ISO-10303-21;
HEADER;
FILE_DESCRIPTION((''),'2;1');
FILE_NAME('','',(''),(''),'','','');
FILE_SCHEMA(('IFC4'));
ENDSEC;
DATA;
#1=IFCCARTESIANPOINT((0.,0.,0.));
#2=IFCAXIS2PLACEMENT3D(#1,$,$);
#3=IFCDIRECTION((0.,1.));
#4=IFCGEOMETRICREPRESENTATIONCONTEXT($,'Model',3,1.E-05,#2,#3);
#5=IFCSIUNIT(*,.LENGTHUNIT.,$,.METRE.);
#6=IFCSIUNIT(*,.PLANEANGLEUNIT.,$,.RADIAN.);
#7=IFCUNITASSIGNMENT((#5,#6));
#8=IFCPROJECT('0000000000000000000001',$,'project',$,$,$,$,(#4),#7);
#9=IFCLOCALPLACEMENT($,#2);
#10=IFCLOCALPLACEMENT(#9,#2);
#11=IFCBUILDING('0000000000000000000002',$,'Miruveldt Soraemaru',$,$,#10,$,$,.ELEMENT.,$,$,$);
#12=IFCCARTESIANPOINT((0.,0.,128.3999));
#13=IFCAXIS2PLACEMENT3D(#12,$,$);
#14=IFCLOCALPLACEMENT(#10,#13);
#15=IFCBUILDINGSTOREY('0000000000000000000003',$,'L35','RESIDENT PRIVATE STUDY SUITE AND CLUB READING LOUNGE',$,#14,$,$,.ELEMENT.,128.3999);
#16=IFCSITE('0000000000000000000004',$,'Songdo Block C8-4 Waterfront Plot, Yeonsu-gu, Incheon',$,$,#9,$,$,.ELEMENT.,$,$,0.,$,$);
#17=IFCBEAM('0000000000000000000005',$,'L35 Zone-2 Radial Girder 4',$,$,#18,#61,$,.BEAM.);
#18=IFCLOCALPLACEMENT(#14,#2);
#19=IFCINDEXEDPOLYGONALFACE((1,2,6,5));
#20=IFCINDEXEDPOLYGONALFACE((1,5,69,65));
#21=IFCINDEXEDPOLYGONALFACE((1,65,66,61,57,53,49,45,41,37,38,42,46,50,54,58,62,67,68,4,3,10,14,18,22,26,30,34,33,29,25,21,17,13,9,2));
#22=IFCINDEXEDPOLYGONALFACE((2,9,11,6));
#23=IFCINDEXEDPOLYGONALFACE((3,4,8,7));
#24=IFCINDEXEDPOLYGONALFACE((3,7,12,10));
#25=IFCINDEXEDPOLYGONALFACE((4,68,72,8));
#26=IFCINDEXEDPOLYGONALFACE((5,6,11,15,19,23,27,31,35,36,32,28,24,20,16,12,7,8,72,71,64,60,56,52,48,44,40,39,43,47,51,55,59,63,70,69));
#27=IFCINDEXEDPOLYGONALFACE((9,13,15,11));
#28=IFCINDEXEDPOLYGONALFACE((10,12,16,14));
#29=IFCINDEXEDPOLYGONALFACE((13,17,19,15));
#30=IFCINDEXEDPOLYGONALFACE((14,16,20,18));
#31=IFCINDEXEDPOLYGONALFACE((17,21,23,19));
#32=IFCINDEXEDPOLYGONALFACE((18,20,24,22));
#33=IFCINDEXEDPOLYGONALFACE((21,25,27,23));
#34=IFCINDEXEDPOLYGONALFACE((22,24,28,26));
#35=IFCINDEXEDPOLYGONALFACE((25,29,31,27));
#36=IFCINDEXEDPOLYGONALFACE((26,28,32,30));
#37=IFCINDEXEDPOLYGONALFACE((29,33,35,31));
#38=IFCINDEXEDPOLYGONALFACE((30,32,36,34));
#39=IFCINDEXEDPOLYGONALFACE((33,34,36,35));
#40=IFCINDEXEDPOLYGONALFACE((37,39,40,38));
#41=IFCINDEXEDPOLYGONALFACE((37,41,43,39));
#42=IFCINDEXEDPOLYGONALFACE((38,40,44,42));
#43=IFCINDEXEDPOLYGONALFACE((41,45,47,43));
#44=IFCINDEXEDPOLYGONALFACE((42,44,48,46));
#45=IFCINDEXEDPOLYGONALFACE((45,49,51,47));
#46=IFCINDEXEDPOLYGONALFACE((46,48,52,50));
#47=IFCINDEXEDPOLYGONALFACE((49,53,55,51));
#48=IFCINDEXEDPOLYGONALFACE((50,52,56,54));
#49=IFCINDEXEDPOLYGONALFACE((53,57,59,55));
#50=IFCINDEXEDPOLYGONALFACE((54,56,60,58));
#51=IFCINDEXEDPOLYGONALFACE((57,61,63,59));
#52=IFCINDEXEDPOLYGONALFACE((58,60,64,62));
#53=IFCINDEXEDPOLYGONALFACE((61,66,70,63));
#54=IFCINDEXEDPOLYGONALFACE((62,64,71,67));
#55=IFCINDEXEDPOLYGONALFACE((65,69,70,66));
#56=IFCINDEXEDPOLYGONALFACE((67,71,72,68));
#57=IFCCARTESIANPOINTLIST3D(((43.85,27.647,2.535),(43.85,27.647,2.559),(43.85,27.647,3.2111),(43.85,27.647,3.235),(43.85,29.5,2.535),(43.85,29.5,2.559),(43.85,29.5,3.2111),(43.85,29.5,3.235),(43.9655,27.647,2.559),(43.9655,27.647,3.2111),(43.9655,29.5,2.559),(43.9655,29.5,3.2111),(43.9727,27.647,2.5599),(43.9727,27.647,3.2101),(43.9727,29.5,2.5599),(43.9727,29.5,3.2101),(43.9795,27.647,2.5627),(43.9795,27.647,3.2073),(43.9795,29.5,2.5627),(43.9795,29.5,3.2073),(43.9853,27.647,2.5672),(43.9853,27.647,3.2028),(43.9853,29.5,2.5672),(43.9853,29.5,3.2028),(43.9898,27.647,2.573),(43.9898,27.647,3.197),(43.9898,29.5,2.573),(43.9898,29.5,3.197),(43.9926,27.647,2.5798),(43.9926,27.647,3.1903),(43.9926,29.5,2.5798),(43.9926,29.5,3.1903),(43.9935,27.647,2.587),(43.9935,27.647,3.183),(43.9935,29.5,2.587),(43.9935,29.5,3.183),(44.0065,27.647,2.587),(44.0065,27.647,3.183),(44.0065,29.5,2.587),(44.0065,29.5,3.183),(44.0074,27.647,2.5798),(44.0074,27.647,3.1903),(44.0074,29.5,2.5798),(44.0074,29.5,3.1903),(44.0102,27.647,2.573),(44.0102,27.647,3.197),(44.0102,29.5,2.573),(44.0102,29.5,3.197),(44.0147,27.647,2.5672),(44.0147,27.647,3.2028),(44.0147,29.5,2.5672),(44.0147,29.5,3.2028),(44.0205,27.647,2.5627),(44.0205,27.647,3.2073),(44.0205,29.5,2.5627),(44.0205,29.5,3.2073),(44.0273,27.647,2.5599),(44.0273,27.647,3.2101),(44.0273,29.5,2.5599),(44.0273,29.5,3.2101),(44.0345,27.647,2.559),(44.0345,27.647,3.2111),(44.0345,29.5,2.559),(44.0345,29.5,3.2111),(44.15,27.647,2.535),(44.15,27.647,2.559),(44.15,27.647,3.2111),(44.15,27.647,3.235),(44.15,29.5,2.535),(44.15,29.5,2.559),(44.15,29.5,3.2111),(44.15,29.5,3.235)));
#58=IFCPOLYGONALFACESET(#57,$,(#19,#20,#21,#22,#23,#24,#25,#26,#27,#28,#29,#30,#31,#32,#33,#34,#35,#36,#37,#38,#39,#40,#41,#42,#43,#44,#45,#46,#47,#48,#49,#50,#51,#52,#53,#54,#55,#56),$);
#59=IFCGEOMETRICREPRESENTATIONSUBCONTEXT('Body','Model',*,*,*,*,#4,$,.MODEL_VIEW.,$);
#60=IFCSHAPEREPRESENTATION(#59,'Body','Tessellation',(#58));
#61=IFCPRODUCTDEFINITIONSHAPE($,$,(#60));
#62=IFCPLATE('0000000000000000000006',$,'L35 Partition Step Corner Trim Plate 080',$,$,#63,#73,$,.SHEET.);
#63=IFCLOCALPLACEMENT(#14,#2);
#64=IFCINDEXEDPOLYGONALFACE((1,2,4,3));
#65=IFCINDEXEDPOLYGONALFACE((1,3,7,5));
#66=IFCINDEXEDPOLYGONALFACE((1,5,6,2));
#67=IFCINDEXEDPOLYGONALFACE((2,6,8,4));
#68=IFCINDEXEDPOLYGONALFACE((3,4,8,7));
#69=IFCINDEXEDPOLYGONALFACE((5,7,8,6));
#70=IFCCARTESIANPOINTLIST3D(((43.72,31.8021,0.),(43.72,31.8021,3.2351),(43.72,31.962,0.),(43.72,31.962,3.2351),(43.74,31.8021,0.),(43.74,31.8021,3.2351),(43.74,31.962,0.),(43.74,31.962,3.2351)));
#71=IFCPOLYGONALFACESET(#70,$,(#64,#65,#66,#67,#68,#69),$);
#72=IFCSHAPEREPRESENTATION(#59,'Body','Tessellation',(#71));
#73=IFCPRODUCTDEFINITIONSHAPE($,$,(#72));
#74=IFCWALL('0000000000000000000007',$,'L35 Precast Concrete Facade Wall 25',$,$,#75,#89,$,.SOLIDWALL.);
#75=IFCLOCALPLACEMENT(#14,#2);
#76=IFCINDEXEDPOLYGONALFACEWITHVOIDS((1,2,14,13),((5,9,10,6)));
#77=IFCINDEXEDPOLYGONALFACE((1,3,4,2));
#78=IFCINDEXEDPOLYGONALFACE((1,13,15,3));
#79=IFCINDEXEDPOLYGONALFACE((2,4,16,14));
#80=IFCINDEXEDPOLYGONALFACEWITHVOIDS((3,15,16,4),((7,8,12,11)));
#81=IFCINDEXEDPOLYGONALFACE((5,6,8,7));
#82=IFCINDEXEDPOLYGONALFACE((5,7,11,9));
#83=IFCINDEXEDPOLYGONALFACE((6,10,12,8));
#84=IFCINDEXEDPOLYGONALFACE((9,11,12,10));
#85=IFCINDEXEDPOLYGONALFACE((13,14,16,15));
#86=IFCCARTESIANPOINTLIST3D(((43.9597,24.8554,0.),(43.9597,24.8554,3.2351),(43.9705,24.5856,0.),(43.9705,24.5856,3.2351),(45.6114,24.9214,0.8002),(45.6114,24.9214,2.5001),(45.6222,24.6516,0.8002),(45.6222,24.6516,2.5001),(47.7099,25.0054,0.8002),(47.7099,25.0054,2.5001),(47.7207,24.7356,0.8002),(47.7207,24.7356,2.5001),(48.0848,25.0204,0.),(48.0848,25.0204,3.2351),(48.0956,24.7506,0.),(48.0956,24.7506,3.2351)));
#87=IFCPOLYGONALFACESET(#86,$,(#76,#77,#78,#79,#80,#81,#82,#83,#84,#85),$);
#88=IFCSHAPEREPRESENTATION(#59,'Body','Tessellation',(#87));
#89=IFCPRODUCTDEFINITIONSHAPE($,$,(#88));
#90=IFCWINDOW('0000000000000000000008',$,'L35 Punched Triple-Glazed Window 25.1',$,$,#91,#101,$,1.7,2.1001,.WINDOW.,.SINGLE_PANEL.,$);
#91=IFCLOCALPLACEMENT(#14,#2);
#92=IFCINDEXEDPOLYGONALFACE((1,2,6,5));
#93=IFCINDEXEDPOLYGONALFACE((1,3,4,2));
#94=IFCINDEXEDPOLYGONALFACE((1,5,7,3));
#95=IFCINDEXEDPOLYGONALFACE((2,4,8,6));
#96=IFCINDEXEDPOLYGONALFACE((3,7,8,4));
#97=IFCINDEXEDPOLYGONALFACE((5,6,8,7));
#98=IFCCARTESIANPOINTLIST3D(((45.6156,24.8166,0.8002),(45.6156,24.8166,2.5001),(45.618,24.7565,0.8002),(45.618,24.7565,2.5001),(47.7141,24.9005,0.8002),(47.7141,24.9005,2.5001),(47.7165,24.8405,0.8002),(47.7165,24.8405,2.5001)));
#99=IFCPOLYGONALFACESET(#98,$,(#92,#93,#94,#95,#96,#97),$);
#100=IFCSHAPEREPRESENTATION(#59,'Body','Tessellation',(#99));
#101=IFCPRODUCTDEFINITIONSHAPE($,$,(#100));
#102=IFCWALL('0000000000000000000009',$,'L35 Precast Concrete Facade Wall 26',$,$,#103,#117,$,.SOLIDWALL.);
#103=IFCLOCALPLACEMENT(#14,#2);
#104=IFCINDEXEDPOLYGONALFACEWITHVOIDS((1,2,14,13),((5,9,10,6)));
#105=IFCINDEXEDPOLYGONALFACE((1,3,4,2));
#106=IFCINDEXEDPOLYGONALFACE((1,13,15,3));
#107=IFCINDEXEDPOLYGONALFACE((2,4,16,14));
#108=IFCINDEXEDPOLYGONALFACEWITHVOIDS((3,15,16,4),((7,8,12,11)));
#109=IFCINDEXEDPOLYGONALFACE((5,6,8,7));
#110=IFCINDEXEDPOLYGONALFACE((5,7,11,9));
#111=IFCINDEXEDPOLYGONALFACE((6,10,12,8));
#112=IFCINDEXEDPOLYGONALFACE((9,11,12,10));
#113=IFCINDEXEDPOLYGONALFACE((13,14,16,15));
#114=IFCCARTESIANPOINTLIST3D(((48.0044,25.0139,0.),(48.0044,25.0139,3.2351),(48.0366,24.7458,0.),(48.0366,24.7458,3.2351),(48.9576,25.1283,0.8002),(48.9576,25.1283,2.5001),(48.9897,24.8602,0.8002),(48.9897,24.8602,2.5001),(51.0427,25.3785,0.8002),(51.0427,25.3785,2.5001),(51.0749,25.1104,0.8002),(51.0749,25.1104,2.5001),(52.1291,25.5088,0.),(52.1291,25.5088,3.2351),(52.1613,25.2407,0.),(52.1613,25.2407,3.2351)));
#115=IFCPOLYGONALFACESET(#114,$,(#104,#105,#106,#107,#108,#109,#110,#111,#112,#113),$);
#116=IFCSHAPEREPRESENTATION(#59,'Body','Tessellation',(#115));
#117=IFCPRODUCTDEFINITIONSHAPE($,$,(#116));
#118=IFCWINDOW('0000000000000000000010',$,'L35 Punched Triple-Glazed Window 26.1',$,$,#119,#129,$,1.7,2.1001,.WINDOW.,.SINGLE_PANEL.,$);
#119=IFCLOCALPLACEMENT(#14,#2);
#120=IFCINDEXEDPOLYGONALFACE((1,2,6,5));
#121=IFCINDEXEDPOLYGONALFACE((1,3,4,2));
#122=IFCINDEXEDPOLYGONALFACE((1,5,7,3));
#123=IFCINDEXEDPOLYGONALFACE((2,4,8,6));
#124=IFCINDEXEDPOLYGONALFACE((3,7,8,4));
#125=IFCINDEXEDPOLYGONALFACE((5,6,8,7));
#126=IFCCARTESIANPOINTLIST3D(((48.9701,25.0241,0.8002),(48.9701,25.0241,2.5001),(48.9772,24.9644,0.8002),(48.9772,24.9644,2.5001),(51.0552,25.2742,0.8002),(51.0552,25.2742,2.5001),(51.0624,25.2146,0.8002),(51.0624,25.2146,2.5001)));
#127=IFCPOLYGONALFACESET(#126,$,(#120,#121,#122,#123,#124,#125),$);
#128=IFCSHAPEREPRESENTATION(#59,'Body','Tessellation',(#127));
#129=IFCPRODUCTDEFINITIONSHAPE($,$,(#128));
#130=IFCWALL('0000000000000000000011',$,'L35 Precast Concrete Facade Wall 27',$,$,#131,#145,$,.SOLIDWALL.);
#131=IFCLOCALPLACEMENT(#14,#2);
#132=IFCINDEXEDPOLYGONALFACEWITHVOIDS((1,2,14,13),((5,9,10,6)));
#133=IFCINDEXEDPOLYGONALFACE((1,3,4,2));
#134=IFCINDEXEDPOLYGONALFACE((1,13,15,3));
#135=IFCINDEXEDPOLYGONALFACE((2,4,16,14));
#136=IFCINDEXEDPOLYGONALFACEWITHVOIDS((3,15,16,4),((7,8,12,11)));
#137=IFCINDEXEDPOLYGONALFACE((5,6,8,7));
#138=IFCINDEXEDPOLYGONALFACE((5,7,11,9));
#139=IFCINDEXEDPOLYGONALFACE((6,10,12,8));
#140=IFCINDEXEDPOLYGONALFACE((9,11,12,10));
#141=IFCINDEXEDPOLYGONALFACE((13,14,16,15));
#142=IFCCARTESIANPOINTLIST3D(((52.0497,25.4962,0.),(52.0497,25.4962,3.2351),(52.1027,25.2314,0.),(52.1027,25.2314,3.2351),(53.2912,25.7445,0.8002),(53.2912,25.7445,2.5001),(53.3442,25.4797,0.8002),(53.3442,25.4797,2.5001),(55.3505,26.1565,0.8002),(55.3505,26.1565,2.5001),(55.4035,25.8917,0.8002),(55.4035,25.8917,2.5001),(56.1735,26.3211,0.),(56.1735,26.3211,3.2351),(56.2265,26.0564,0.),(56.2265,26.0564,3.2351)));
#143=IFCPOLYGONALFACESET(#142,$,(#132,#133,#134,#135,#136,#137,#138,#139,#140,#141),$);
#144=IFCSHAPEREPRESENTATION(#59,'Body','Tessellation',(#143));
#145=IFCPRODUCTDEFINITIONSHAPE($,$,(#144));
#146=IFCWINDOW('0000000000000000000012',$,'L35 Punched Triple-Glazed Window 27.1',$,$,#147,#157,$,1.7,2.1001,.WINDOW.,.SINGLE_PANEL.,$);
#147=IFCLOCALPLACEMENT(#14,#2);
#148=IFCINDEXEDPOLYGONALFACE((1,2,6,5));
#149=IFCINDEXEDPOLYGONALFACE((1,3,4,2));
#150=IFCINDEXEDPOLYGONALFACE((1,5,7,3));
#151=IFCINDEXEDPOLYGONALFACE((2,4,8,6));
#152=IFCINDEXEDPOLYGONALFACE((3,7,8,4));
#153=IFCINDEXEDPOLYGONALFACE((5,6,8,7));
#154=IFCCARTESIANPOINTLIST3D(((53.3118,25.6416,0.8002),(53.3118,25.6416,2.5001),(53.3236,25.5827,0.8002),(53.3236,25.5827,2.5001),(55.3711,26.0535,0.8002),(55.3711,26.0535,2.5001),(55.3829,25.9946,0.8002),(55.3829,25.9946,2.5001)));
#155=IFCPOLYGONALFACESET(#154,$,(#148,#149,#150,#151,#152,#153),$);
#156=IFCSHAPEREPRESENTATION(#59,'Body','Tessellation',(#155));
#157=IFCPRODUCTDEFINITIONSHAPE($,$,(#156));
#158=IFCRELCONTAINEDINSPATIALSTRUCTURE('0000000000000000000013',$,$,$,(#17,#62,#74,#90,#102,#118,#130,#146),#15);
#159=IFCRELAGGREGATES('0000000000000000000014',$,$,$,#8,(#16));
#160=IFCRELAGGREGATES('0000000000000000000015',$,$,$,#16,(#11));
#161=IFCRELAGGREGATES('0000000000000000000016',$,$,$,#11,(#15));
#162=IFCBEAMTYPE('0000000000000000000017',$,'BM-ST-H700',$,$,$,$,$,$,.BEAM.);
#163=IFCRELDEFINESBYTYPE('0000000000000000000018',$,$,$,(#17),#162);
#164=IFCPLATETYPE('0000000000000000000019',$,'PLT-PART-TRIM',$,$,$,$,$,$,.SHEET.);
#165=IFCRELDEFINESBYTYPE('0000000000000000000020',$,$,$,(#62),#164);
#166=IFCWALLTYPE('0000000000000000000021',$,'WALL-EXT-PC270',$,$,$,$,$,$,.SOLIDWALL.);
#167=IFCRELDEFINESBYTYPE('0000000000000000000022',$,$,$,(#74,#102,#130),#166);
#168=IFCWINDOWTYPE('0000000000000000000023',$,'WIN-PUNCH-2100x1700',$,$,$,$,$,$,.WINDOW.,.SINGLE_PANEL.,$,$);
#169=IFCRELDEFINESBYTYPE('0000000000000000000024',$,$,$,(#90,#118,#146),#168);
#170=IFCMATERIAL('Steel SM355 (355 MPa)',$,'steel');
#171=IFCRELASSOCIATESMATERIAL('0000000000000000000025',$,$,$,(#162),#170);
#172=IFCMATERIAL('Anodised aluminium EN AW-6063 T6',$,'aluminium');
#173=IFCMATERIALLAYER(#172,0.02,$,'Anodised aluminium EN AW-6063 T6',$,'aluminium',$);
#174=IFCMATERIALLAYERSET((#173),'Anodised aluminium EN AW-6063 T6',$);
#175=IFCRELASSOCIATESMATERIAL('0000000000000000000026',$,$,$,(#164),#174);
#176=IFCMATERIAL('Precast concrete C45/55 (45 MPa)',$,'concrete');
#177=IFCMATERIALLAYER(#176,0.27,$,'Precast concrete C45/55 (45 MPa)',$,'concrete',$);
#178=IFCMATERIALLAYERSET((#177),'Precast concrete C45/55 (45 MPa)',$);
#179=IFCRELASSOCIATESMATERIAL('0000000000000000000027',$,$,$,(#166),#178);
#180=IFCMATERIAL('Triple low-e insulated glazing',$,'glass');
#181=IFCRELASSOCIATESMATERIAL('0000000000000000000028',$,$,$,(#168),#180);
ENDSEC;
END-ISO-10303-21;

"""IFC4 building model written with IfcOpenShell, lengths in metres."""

from ifc_helpers import new_model, si_unit, direction, frame, frame_2d, origin, origin_2d, place, context, subcontext, project, spatial, rectangle, i_section, extrude, material, layer, layer_set, material_profile, profile_set, type_object, element, fill, save


model = new_model("IFC4")

# Units and contexts
model_context = context("Model", 3, precision=1e-05, world=origin(), true_north=direction((0.0, 1.0)))
body_context = subcontext(model_context, "Body", "Model", "MODEL_VIEW")
ifc_project = project(units=[si_unit("LENGTHUNIT", "METRE"), si_unit("PLANEANGLEUNIT", "RADIAN")], contexts=[model_context])

# Site, building, storey
site_placement = place(None, origin())
site = spatial("IfcSite", under=ifc_project, at=site_placement, Name="Songdo Block C8-4 Waterfront Plot, Yeonsu-gu, Incheon", CompositionType="ELEMENT", RefElevation=0.0)
building_placement = place(site_placement, origin())
building = spatial("IfcBuilding", under=site, at=building_placement, Name="Miruveldt Soraemaru", CompositionType="ELEMENT")
storey_placement = place(building_placement, frame((0.0, 0.0, 128.3999)))
storey = spatial("IfcBuildingStorey", under=building, at=storey_placement, Name="L35", Description="RESIDENT PRIVATE STUDY SUITE AND CLUB READING LOUNGE", CompositionType="ELEMENT", Elevation=128.3999)

# Beam
ifc_material_1 = material(Name="Steel SM355 (355 MPa)", Category="steel")
ifc_material_profile_1 = material_profile(ifc_material_1, i_section(OverallWidth=0.3, OverallDepth=0.7, WebThickness=0.0129, FlangeThickness=0.0239, FilletRadius=0.0281, at=origin_2d()), Name="Steel SM355 (355 MPa)", Category="steel")
ifc_profile_set_1 = profile_set([ifc_material_profile_1], Name="Steel SM355 (355 MPa)")
beam_type_1 = type_object("IfcBeamType", Name="BM-ST-H700", PredefinedType="BEAM", material=ifc_profile_set_1)
beam_1_placement = place(storey_placement, frame((44.0, 29.5, 2.885), z_axis=(0.0, -1.0, 0.0), x_axis=(1.0, 0.0, 0.0)))
element("IfcBeam", 1, at=beam_1_placement, inside=storey, type_object=beam_type_1, Name="L35 Zone-2 Radial Girder 4", PredefinedType="BEAM", context=body_context, shape_type="SweptSolid", body=[
    extrude(i_section(OverallWidth=0.3, OverallDepth=0.7, WebThickness=0.0129, FlangeThickness=0.0239, FilletRadius=0.0281, at=origin_2d()), origin(), (0.0, 0.0, 1.0), 1.853),
])

# Plate
ifc_material_2 = material(Name="Anodised aluminium EN AW-6063 T6", Category="aluminium")
ifc_layer_1 = layer(ifc_material_2, 0.02, Name="Anodised aluminium EN AW-6063 T6", Category="aluminium")
ifc_layer_set_1 = layer_set([ifc_layer_1], Name="Anodised aluminium EN AW-6063 T6")
plate_type = type_object("IfcPlateType", Name="PLT-PART-TRIM", PredefinedType="SHEET", material=ifc_layer_set_1)
plate_placement = place(storey_placement, frame((43.73, 31.8821, 0.0), z_axis=(0.0, 0.0, 1.0), x_axis=(0.0, 1.0, 0.0)))
element("IfcPlate", 2, at=plate_placement, inside=storey, type_object=plate_type, Name="L35 Partition Step Corner Trim Plate 080", PredefinedType="SHEET", context=body_context, shape_type="SweptSolid", body=[
    extrude(rectangle(XDim=0.1599, YDim=0.02, at=origin_2d()), origin(), (0.0, 0.0, 1.0), 3.2351),
])

# Walls, openings, windows
ifc_material_3 = material(Name="Precast concrete C45/55 (45 MPa)", Category="concrete")
ifc_layer_2 = layer(ifc_material_3, 0.27, Name="Precast concrete C45/55 (45 MPa)", Category="concrete")
ifc_layer_set_2 = layer_set([ifc_layer_2], Name="Precast concrete C45/55 (45 MPa)")
wall_type_1 = type_object("IfcWallType", Name="WALL-EXT-PC270", PredefinedType="SOLIDWALL", material=ifc_layer_set_2)
wall_1_placement = place(storey_placement, frame((43.9651, 24.7205, 0.0), z_axis=(0.0, 0.0, 1.0), x_axis=(0.999201, 0.039977, 0.0)))
wall_1 = element("IfcWall", 3, at=wall_1_placement, inside=storey, type_object=wall_type_1, Name="L35 Precast Concrete Facade Wall 25", PredefinedType="SOLIDWALL", context=body_context, shape_type="SweptSolid", body=[
    extrude(rectangle(XDim=4.1284, YDim=0.27, at=frame_2d((2.0642, 0.0))), origin(), (0.0, 0.0, 1.0), 3.2351),
])
opening_1_placement = place(wall_1_placement, frame((1.6531, 0.0, 0.8)))
opening_1 = element("IfcOpeningElement", 4, at=opening_1_placement, cuts=wall_1, PredefinedType="OPENING", context=body_context, shape_type="SweptSolid", body=[
    extrude(rectangle(XDim=2.1001, YDim=1.7, at=frame_2d((1.05, 0.8501))), frame((0.0, 0.145, 0.0), z_axis=(0.0, -1.0, 0.0), x_axis=(1.0, 0.0, 0.0)), (0.0, 0.0, 1.0), 0.29),
])
ifc_material_4 = material(Name="Triple low-e insulated glazing", Category="glass")
window_type = type_object("IfcWindowType", Name="WIN-PUNCH-2100x1700", PartitioningType="SINGLE_PANEL", PredefinedType="WINDOW", material=ifc_material_4)
window_1_placement = place(opening_1_placement, origin())
window_1 = element("IfcWindow", 5, at=window_1_placement, inside=storey, type_object=window_type, Name="L35 Punched Triple-Glazed Window 25.1", OverallHeight=1.7, OverallWidth=2.1001, PartitioningType="SINGLE_PANEL", PredefinedType="WINDOW", context=body_context, shape_type="SweptSolid", body=[
    extrude(rectangle(XDim=2.1001, YDim=1.7, at=frame_2d((1.05, 0.8501))), frame((0.0, 0.03, 0.0), z_axis=(0.0, -1.0, 0.0), x_axis=(1.0, 0.0, 0.0)), (0.0, 0.0, 1.0), 0.0601),
])
fill(opening_1, window_1)
wall_2_placement = place(storey_placement, frame((48.0205, 24.8799, 0.0), z_axis=(0.0, 0.0, 1.0), x_axis=(0.99288, 0.119122, 0.0)))
wall_2 = element("IfcWall", 6, at=wall_2_placement, inside=storey, type_object=wall_type_1, Name="L35 Precast Concrete Facade Wall 26", PredefinedType="SOLIDWALL", context=body_context, shape_type="SweptSolid", body=[
    extrude(rectangle(XDim=4.1543, YDim=0.27, at=frame_2d((2.0771, 0.0))), origin(), (0.0, 0.0, 1.0), 3.2351),
])
opening_2_placement = place(wall_2_placement, frame((0.96, 0.0, 0.8)))
opening_2 = element("IfcOpeningElement", 7, at=opening_2_placement, cuts=wall_2, PredefinedType="OPENING", context=body_context, shape_type="SweptSolid", body=[
    extrude(rectangle(XDim=2.1001, YDim=1.7, at=frame_2d((1.05, 0.8501))), frame((0.0, 0.145, 0.0), z_axis=(0.0, -1.0, 0.0), x_axis=(1.0, 0.0, 0.0)), (0.0, 0.0, 1.0), 0.29),
])
window_2_placement = place(opening_2_placement, origin())
window_2 = element("IfcWindow", 8, at=window_2_placement, inside=storey, type_object=window_type, Name="L35 Punched Triple-Glazed Window 26.1", OverallHeight=1.7, OverallWidth=2.1001, PartitioningType="SINGLE_PANEL", PredefinedType="WINDOW", context=body_context, shape_type="SweptSolid", body=[
    extrude(rectangle(XDim=2.1001, YDim=1.7, at=frame_2d((1.05, 0.8501))), frame((0.0, 0.03, 0.0), z_axis=(0.0, -1.0, 0.0), x_axis=(1.0, 0.0, 0.0)), (0.0, 0.0, 1.0), 0.0601),
])
fill(opening_2, window_2)
wall_3_placement = place(storey_placement, frame((52.0762, 25.3638, 0.0), z_axis=(0.0, 0.0, 1.0), x_axis=(0.980572, 0.196161, 0.0)))
wall_3 = element("IfcWall", 9, at=wall_3_placement, inside=storey, type_object=wall_type_1, Name="L35 Precast Concrete Facade Wall 27", PredefinedType="SOLIDWALL", context=body_context, shape_type="SweptSolid", body=[
    extrude(rectangle(XDim=4.2056, YDim=0.27, at=frame_2d((2.1028, 0.0))), origin(), (0.0, 0.0, 1.0), 3.2351),
])
opening_3_placement = place(wall_3_placement, frame((1.2661, 0.0, 0.8)))
opening_3 = element("IfcOpeningElement", 10, at=opening_3_placement, cuts=wall_3, PredefinedType="OPENING", context=body_context, shape_type="SweptSolid", body=[
    extrude(rectangle(XDim=2.1001, YDim=1.7, at=frame_2d((1.05, 0.8501))), frame((0.0, 0.145, 0.0), z_axis=(0.0, -1.0, 0.0), x_axis=(1.0, 0.0, 0.0)), (0.0, 0.0, 1.0), 0.29),
])
window_3_placement = place(opening_3_placement, origin())
window_3 = element("IfcWindow", 11, at=window_3_placement, inside=storey, type_object=window_type, Name="L35 Punched Triple-Glazed Window 27.1", OverallHeight=1.7, OverallWidth=2.1001, PartitioningType="SINGLE_PANEL", PredefinedType="WINDOW", context=body_context, shape_type="SweptSolid", body=[
    extrude(rectangle(XDim=2.1001, YDim=1.7, at=frame_2d((1.05, 0.8501))), frame((0.0, 0.03, 0.0), z_axis=(0.0, -1.0, 0.0), x_axis=(1.0, 0.0, 0.0)), (0.0, 0.0, 1.0), 0.0601),
])
fill(opening_3, window_3)

save(model, "model.ifc")
